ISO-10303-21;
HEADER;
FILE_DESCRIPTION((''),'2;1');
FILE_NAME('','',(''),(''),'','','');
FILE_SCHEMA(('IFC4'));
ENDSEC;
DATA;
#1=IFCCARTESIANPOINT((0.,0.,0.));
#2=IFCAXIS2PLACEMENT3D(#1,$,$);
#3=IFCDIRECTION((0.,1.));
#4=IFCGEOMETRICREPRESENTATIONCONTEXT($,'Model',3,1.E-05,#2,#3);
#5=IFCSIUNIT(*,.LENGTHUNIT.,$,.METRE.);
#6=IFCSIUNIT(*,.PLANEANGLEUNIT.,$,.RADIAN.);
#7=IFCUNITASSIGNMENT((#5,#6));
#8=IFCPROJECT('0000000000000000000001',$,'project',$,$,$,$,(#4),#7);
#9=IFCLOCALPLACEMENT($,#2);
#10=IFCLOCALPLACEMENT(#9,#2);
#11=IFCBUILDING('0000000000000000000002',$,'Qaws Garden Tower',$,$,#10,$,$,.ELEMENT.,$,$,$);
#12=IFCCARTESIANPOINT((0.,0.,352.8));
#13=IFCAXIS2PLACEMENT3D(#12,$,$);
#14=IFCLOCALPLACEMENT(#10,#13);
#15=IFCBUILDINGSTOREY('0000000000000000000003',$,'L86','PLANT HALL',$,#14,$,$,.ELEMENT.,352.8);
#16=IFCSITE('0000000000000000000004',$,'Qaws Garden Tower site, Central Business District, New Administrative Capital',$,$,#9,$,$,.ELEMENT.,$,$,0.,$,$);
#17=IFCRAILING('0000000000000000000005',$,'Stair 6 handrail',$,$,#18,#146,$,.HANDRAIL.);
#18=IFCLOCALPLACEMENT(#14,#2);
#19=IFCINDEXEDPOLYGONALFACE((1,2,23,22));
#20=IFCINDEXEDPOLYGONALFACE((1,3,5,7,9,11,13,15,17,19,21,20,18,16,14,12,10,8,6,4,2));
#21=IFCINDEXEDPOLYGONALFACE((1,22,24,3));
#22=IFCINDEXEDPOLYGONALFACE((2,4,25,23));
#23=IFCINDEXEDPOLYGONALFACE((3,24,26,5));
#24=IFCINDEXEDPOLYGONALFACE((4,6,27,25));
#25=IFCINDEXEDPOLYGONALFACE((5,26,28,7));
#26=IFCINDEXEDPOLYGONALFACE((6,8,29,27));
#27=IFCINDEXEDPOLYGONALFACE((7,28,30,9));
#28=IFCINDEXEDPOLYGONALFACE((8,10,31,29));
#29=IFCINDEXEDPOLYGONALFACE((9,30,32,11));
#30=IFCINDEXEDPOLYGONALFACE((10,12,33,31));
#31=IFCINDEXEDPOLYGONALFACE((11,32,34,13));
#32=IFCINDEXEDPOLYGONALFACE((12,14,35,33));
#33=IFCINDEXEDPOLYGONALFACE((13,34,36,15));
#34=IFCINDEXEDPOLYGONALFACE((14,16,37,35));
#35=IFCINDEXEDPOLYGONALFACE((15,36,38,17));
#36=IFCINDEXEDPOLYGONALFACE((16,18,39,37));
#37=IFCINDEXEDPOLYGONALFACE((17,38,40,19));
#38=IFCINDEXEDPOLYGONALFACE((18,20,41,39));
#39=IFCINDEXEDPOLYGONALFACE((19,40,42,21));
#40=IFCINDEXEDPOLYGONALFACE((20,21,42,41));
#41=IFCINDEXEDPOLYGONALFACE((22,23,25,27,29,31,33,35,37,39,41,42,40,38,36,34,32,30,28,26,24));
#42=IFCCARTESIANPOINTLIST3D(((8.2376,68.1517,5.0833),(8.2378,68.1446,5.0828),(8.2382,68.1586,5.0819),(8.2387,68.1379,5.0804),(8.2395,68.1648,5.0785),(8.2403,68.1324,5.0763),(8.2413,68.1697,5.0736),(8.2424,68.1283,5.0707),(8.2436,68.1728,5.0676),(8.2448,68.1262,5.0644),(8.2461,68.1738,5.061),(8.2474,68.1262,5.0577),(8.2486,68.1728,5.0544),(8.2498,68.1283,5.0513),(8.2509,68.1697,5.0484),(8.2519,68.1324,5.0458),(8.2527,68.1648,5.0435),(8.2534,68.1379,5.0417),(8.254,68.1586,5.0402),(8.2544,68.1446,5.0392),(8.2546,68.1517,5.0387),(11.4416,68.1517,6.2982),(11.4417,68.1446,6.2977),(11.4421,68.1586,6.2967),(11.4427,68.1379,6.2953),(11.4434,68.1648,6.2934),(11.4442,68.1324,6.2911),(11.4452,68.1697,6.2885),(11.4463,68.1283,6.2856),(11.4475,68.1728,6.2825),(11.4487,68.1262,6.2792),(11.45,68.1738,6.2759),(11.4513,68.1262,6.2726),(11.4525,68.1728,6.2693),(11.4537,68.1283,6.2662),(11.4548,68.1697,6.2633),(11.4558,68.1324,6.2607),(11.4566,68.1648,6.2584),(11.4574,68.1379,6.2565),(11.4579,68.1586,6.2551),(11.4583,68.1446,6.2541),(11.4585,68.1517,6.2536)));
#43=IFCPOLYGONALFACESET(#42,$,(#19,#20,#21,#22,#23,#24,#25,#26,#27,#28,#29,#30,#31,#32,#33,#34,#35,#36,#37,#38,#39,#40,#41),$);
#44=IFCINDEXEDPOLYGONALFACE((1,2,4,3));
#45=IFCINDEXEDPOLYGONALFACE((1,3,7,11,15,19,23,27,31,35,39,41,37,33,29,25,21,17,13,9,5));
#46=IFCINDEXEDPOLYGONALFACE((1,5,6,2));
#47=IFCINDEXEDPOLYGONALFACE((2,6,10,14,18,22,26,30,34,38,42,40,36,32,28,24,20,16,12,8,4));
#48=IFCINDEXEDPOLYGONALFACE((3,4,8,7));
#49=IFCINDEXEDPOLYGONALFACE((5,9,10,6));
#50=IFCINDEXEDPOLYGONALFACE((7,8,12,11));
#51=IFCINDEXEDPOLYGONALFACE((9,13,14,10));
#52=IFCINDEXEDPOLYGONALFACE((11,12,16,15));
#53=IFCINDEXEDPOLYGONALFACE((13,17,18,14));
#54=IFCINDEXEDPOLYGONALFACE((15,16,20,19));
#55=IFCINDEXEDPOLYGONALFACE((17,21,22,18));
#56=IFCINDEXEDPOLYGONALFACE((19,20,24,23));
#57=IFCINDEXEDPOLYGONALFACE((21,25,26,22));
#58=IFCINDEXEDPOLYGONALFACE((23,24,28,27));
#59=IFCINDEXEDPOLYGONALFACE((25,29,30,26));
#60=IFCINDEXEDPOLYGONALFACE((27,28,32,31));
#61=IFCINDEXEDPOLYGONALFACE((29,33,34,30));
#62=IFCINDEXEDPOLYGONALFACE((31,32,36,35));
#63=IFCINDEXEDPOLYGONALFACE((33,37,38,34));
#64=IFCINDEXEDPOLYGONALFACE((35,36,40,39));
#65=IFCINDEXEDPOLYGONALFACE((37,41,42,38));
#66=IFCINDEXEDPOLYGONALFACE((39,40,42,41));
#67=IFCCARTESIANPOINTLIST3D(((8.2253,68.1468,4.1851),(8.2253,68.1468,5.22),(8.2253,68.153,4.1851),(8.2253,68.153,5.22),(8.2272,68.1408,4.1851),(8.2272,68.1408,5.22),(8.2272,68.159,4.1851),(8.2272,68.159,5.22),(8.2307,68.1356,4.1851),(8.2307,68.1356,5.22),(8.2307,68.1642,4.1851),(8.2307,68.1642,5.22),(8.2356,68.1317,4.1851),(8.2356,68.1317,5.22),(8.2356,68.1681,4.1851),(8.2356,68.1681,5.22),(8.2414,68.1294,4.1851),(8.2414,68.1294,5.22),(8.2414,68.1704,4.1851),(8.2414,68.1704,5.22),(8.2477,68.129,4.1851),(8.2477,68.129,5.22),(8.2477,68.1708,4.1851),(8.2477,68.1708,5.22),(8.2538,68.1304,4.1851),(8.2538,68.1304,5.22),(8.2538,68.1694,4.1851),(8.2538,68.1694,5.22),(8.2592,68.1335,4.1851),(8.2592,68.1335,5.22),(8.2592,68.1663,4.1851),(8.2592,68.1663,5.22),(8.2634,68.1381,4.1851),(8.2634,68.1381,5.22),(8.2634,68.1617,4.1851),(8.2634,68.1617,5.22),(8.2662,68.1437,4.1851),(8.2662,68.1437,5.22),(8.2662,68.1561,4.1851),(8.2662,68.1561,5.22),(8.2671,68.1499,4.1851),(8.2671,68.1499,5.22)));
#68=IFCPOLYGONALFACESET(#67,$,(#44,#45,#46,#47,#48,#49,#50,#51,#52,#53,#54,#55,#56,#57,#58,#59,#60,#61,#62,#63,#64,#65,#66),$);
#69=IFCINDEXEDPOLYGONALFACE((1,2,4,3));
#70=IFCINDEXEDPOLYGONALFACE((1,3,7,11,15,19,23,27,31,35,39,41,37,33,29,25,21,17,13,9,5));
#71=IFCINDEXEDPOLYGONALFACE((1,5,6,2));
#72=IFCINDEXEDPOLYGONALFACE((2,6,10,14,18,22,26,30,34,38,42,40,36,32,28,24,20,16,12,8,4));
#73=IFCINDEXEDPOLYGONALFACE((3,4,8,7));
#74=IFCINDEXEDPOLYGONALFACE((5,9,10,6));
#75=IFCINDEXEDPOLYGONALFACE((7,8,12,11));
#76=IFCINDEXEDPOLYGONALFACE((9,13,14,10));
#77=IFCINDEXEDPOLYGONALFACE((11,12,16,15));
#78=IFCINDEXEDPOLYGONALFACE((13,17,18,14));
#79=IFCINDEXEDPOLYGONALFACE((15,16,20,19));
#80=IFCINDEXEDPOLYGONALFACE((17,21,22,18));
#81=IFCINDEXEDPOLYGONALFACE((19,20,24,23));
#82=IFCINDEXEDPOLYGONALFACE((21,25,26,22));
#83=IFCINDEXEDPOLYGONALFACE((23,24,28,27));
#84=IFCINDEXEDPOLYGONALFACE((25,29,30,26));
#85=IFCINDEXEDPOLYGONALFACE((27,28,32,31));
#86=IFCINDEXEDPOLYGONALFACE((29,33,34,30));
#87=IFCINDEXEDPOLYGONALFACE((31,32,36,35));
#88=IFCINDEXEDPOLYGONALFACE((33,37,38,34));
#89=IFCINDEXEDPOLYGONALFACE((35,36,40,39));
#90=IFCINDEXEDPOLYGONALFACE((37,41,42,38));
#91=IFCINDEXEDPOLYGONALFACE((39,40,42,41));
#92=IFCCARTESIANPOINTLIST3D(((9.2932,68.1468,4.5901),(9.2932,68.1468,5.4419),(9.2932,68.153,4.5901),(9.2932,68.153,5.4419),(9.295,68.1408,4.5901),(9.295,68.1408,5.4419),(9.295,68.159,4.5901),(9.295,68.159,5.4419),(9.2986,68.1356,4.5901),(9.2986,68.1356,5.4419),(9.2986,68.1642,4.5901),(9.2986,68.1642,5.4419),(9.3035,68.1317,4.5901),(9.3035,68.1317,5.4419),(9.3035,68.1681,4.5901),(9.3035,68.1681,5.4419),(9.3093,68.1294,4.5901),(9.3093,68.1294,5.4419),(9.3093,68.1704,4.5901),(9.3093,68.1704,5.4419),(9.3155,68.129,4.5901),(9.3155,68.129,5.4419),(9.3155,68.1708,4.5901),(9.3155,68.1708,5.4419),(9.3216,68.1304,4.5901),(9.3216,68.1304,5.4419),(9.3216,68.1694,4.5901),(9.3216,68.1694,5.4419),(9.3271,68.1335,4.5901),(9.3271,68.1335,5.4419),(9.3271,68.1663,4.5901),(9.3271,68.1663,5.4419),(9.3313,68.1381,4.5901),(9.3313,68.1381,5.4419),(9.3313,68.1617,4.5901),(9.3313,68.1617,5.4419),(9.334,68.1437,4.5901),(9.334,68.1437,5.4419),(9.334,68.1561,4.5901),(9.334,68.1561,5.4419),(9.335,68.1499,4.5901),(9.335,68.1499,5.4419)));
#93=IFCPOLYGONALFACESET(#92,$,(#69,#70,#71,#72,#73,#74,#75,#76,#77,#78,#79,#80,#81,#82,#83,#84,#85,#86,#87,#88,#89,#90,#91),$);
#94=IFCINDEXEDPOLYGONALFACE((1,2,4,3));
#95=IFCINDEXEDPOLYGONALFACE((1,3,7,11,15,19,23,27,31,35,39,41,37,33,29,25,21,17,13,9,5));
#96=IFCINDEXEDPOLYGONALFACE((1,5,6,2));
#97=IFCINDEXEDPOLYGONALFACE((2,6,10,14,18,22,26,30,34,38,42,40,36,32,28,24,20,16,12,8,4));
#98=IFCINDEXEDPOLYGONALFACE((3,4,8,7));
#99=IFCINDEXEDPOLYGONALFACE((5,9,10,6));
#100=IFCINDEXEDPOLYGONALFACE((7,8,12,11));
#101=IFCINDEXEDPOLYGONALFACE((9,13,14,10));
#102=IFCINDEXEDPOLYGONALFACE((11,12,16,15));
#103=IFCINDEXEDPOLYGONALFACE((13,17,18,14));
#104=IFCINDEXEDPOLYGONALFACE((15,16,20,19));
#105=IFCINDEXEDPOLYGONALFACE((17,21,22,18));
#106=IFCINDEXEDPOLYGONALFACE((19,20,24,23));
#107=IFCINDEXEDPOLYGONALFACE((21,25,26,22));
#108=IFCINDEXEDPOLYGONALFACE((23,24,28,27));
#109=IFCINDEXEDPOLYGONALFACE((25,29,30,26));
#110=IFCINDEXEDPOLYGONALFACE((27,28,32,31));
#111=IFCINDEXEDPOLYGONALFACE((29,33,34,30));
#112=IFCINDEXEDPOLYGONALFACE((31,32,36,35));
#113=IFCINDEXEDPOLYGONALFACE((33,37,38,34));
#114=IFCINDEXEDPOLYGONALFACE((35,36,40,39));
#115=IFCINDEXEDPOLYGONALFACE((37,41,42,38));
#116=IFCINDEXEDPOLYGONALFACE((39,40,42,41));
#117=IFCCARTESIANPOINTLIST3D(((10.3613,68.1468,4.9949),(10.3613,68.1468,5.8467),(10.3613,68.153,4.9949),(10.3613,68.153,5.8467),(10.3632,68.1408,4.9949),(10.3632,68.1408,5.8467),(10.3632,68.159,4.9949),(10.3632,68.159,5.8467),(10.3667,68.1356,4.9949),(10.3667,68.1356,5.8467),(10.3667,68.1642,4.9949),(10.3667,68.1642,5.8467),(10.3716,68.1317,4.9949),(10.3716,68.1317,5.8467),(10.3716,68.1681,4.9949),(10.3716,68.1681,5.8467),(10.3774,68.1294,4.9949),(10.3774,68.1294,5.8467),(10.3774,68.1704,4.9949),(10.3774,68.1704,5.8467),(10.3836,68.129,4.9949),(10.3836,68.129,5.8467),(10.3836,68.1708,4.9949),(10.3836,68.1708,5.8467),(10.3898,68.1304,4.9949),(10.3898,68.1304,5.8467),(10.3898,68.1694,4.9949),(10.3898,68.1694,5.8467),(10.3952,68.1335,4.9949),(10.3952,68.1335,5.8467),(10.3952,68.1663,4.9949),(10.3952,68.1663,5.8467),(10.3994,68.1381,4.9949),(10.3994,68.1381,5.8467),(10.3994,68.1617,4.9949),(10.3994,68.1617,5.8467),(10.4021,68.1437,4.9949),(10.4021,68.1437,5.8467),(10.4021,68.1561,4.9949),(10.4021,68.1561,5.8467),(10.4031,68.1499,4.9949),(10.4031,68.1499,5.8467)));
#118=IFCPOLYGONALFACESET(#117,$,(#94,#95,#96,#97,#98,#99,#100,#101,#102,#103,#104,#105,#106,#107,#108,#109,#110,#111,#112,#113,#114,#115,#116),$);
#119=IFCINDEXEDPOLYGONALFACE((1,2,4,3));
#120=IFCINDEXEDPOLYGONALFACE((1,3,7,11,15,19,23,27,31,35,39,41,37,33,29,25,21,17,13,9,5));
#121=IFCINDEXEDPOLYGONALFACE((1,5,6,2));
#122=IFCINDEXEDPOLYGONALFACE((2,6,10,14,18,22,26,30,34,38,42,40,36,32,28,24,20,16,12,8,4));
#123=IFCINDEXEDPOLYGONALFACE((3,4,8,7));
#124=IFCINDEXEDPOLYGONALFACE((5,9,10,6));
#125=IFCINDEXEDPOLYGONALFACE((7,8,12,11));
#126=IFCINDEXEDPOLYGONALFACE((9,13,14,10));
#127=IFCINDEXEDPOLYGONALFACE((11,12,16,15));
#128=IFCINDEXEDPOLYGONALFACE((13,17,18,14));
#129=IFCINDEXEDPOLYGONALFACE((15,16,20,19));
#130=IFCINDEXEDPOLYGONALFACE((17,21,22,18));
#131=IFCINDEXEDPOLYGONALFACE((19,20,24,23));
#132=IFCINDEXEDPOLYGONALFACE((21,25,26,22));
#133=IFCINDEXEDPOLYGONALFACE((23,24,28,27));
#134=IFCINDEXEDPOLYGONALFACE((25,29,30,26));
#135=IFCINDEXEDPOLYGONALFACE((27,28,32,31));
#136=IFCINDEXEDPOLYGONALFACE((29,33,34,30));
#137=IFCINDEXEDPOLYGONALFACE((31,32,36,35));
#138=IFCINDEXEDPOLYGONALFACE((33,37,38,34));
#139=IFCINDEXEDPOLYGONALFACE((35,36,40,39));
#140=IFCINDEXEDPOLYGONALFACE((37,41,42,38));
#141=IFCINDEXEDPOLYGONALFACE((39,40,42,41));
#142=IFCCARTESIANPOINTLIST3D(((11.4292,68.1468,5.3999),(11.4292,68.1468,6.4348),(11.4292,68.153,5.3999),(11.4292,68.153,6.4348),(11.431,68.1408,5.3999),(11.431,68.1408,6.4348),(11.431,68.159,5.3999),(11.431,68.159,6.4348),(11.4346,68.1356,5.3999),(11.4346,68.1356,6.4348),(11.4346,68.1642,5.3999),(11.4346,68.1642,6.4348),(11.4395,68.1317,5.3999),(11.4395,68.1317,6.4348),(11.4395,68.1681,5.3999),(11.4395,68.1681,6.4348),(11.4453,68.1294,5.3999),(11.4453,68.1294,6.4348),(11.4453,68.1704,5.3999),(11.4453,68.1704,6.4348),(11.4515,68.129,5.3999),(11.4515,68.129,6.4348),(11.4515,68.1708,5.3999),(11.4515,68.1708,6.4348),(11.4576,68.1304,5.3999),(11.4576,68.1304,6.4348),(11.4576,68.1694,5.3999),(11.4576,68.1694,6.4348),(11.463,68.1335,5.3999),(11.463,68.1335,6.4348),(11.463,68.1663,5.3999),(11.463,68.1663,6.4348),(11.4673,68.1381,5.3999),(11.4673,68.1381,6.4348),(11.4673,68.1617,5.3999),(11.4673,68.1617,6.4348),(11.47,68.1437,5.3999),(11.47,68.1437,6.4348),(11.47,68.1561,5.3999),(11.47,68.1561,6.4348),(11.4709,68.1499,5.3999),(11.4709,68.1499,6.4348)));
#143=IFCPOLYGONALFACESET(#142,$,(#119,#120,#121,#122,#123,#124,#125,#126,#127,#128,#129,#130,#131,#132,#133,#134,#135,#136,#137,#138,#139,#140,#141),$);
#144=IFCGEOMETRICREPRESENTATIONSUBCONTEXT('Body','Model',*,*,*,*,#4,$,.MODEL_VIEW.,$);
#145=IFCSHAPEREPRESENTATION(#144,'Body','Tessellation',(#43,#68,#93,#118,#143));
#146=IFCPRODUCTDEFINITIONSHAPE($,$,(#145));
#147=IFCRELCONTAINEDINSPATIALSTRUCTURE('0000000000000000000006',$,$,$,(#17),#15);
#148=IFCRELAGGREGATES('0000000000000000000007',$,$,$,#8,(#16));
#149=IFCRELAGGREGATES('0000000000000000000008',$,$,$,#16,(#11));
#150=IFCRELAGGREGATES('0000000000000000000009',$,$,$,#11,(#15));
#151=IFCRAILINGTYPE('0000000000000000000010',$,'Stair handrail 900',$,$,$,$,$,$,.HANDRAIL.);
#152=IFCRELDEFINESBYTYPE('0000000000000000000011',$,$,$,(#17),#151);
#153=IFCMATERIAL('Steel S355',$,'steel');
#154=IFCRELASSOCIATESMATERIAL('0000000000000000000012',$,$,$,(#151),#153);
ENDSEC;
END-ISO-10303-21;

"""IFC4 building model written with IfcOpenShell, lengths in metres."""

from ifc_helpers import new_model, si_unit, direction, frame, origin, origin_2d, place, context, subcontext, project, spatial, circle, extrude, material, type_object, element, save


model = new_model("IFC4")

# Units and contexts
model_context = context("Model", 3, precision=1e-05, world=origin(), true_north=direction((0.0, 1.0)))
body_context = subcontext(model_context, "Body", "Model", "MODEL_VIEW")
ifc_project = project(units=[si_unit("LENGTHUNIT", "METRE"), si_unit("PLANEANGLEUNIT", "RADIAN")], contexts=[model_context])

# Site, building, storey
site_placement = place(None, origin())
site = spatial("IfcSite", under=ifc_project, at=site_placement, Name="Qaws Garden Tower site, Central Business District, New Administrative Capital", CompositionType="ELEMENT", RefElevation=0.0)
building_placement = place(site_placement, origin())
building = spatial("IfcBuilding", under=site, at=building_placement, Name="Qaws Garden Tower", CompositionType="ELEMENT")
storey_placement = place(building_placement, frame((0.0, 0.0, 352.8)))
storey = spatial("IfcBuildingStorey", under=building, at=storey_placement, Name="L86", Description="PLANT HALL", CompositionType="ELEMENT", Elevation=352.8)

# Railing
ifc_material_1 = material(Name="Steel S355", Category="steel")
railing_type = type_object("IfcRailingType", Name="Stair handrail 900", PredefinedType="HANDRAIL", material=ifc_material_1)
railing_1_placement = place(storey_placement, frame((8.2461, 68.1499, 4.1851)))
element("IfcRailing", 1, at=railing_1_placement, inside=storey, type_object=railing_type, Name="Stair 6 handrail", PredefinedType="HANDRAIL", context=body_context, shape_type="SweptSolid", body=[
    extrude(circle(Radius=0.0239, at=origin_2d()), frame((0.0, 0.0, 0.876), z_axis=(0.935037, 0.0, 0.354549), x_axis=(0.0, 1.0, 0.0)), (0.0, 0.0, 1.0), 3.4265),
    extrude(circle(Radius=0.021, at=origin_2d()), origin(), (0.0, 0.0, 1.0), 1.0349),
    extrude(circle(Radius=0.021, at=origin_2d()), frame((1.0679, 0.0, 0.405)), (0.0, 0.0, 1.0), 0.8518),
    extrude(circle(Radius=0.021, at=origin_2d()), frame((2.136, 0.0, 0.8098)), (0.0, 0.0, 1.0), 0.8518),
    extrude(circle(Radius=0.021, at=origin_2d()), frame((3.2039, 0.0, 1.2148)), (0.0, 0.0, 1.0), 1.0349),
])

save(model, "model.ifc")
